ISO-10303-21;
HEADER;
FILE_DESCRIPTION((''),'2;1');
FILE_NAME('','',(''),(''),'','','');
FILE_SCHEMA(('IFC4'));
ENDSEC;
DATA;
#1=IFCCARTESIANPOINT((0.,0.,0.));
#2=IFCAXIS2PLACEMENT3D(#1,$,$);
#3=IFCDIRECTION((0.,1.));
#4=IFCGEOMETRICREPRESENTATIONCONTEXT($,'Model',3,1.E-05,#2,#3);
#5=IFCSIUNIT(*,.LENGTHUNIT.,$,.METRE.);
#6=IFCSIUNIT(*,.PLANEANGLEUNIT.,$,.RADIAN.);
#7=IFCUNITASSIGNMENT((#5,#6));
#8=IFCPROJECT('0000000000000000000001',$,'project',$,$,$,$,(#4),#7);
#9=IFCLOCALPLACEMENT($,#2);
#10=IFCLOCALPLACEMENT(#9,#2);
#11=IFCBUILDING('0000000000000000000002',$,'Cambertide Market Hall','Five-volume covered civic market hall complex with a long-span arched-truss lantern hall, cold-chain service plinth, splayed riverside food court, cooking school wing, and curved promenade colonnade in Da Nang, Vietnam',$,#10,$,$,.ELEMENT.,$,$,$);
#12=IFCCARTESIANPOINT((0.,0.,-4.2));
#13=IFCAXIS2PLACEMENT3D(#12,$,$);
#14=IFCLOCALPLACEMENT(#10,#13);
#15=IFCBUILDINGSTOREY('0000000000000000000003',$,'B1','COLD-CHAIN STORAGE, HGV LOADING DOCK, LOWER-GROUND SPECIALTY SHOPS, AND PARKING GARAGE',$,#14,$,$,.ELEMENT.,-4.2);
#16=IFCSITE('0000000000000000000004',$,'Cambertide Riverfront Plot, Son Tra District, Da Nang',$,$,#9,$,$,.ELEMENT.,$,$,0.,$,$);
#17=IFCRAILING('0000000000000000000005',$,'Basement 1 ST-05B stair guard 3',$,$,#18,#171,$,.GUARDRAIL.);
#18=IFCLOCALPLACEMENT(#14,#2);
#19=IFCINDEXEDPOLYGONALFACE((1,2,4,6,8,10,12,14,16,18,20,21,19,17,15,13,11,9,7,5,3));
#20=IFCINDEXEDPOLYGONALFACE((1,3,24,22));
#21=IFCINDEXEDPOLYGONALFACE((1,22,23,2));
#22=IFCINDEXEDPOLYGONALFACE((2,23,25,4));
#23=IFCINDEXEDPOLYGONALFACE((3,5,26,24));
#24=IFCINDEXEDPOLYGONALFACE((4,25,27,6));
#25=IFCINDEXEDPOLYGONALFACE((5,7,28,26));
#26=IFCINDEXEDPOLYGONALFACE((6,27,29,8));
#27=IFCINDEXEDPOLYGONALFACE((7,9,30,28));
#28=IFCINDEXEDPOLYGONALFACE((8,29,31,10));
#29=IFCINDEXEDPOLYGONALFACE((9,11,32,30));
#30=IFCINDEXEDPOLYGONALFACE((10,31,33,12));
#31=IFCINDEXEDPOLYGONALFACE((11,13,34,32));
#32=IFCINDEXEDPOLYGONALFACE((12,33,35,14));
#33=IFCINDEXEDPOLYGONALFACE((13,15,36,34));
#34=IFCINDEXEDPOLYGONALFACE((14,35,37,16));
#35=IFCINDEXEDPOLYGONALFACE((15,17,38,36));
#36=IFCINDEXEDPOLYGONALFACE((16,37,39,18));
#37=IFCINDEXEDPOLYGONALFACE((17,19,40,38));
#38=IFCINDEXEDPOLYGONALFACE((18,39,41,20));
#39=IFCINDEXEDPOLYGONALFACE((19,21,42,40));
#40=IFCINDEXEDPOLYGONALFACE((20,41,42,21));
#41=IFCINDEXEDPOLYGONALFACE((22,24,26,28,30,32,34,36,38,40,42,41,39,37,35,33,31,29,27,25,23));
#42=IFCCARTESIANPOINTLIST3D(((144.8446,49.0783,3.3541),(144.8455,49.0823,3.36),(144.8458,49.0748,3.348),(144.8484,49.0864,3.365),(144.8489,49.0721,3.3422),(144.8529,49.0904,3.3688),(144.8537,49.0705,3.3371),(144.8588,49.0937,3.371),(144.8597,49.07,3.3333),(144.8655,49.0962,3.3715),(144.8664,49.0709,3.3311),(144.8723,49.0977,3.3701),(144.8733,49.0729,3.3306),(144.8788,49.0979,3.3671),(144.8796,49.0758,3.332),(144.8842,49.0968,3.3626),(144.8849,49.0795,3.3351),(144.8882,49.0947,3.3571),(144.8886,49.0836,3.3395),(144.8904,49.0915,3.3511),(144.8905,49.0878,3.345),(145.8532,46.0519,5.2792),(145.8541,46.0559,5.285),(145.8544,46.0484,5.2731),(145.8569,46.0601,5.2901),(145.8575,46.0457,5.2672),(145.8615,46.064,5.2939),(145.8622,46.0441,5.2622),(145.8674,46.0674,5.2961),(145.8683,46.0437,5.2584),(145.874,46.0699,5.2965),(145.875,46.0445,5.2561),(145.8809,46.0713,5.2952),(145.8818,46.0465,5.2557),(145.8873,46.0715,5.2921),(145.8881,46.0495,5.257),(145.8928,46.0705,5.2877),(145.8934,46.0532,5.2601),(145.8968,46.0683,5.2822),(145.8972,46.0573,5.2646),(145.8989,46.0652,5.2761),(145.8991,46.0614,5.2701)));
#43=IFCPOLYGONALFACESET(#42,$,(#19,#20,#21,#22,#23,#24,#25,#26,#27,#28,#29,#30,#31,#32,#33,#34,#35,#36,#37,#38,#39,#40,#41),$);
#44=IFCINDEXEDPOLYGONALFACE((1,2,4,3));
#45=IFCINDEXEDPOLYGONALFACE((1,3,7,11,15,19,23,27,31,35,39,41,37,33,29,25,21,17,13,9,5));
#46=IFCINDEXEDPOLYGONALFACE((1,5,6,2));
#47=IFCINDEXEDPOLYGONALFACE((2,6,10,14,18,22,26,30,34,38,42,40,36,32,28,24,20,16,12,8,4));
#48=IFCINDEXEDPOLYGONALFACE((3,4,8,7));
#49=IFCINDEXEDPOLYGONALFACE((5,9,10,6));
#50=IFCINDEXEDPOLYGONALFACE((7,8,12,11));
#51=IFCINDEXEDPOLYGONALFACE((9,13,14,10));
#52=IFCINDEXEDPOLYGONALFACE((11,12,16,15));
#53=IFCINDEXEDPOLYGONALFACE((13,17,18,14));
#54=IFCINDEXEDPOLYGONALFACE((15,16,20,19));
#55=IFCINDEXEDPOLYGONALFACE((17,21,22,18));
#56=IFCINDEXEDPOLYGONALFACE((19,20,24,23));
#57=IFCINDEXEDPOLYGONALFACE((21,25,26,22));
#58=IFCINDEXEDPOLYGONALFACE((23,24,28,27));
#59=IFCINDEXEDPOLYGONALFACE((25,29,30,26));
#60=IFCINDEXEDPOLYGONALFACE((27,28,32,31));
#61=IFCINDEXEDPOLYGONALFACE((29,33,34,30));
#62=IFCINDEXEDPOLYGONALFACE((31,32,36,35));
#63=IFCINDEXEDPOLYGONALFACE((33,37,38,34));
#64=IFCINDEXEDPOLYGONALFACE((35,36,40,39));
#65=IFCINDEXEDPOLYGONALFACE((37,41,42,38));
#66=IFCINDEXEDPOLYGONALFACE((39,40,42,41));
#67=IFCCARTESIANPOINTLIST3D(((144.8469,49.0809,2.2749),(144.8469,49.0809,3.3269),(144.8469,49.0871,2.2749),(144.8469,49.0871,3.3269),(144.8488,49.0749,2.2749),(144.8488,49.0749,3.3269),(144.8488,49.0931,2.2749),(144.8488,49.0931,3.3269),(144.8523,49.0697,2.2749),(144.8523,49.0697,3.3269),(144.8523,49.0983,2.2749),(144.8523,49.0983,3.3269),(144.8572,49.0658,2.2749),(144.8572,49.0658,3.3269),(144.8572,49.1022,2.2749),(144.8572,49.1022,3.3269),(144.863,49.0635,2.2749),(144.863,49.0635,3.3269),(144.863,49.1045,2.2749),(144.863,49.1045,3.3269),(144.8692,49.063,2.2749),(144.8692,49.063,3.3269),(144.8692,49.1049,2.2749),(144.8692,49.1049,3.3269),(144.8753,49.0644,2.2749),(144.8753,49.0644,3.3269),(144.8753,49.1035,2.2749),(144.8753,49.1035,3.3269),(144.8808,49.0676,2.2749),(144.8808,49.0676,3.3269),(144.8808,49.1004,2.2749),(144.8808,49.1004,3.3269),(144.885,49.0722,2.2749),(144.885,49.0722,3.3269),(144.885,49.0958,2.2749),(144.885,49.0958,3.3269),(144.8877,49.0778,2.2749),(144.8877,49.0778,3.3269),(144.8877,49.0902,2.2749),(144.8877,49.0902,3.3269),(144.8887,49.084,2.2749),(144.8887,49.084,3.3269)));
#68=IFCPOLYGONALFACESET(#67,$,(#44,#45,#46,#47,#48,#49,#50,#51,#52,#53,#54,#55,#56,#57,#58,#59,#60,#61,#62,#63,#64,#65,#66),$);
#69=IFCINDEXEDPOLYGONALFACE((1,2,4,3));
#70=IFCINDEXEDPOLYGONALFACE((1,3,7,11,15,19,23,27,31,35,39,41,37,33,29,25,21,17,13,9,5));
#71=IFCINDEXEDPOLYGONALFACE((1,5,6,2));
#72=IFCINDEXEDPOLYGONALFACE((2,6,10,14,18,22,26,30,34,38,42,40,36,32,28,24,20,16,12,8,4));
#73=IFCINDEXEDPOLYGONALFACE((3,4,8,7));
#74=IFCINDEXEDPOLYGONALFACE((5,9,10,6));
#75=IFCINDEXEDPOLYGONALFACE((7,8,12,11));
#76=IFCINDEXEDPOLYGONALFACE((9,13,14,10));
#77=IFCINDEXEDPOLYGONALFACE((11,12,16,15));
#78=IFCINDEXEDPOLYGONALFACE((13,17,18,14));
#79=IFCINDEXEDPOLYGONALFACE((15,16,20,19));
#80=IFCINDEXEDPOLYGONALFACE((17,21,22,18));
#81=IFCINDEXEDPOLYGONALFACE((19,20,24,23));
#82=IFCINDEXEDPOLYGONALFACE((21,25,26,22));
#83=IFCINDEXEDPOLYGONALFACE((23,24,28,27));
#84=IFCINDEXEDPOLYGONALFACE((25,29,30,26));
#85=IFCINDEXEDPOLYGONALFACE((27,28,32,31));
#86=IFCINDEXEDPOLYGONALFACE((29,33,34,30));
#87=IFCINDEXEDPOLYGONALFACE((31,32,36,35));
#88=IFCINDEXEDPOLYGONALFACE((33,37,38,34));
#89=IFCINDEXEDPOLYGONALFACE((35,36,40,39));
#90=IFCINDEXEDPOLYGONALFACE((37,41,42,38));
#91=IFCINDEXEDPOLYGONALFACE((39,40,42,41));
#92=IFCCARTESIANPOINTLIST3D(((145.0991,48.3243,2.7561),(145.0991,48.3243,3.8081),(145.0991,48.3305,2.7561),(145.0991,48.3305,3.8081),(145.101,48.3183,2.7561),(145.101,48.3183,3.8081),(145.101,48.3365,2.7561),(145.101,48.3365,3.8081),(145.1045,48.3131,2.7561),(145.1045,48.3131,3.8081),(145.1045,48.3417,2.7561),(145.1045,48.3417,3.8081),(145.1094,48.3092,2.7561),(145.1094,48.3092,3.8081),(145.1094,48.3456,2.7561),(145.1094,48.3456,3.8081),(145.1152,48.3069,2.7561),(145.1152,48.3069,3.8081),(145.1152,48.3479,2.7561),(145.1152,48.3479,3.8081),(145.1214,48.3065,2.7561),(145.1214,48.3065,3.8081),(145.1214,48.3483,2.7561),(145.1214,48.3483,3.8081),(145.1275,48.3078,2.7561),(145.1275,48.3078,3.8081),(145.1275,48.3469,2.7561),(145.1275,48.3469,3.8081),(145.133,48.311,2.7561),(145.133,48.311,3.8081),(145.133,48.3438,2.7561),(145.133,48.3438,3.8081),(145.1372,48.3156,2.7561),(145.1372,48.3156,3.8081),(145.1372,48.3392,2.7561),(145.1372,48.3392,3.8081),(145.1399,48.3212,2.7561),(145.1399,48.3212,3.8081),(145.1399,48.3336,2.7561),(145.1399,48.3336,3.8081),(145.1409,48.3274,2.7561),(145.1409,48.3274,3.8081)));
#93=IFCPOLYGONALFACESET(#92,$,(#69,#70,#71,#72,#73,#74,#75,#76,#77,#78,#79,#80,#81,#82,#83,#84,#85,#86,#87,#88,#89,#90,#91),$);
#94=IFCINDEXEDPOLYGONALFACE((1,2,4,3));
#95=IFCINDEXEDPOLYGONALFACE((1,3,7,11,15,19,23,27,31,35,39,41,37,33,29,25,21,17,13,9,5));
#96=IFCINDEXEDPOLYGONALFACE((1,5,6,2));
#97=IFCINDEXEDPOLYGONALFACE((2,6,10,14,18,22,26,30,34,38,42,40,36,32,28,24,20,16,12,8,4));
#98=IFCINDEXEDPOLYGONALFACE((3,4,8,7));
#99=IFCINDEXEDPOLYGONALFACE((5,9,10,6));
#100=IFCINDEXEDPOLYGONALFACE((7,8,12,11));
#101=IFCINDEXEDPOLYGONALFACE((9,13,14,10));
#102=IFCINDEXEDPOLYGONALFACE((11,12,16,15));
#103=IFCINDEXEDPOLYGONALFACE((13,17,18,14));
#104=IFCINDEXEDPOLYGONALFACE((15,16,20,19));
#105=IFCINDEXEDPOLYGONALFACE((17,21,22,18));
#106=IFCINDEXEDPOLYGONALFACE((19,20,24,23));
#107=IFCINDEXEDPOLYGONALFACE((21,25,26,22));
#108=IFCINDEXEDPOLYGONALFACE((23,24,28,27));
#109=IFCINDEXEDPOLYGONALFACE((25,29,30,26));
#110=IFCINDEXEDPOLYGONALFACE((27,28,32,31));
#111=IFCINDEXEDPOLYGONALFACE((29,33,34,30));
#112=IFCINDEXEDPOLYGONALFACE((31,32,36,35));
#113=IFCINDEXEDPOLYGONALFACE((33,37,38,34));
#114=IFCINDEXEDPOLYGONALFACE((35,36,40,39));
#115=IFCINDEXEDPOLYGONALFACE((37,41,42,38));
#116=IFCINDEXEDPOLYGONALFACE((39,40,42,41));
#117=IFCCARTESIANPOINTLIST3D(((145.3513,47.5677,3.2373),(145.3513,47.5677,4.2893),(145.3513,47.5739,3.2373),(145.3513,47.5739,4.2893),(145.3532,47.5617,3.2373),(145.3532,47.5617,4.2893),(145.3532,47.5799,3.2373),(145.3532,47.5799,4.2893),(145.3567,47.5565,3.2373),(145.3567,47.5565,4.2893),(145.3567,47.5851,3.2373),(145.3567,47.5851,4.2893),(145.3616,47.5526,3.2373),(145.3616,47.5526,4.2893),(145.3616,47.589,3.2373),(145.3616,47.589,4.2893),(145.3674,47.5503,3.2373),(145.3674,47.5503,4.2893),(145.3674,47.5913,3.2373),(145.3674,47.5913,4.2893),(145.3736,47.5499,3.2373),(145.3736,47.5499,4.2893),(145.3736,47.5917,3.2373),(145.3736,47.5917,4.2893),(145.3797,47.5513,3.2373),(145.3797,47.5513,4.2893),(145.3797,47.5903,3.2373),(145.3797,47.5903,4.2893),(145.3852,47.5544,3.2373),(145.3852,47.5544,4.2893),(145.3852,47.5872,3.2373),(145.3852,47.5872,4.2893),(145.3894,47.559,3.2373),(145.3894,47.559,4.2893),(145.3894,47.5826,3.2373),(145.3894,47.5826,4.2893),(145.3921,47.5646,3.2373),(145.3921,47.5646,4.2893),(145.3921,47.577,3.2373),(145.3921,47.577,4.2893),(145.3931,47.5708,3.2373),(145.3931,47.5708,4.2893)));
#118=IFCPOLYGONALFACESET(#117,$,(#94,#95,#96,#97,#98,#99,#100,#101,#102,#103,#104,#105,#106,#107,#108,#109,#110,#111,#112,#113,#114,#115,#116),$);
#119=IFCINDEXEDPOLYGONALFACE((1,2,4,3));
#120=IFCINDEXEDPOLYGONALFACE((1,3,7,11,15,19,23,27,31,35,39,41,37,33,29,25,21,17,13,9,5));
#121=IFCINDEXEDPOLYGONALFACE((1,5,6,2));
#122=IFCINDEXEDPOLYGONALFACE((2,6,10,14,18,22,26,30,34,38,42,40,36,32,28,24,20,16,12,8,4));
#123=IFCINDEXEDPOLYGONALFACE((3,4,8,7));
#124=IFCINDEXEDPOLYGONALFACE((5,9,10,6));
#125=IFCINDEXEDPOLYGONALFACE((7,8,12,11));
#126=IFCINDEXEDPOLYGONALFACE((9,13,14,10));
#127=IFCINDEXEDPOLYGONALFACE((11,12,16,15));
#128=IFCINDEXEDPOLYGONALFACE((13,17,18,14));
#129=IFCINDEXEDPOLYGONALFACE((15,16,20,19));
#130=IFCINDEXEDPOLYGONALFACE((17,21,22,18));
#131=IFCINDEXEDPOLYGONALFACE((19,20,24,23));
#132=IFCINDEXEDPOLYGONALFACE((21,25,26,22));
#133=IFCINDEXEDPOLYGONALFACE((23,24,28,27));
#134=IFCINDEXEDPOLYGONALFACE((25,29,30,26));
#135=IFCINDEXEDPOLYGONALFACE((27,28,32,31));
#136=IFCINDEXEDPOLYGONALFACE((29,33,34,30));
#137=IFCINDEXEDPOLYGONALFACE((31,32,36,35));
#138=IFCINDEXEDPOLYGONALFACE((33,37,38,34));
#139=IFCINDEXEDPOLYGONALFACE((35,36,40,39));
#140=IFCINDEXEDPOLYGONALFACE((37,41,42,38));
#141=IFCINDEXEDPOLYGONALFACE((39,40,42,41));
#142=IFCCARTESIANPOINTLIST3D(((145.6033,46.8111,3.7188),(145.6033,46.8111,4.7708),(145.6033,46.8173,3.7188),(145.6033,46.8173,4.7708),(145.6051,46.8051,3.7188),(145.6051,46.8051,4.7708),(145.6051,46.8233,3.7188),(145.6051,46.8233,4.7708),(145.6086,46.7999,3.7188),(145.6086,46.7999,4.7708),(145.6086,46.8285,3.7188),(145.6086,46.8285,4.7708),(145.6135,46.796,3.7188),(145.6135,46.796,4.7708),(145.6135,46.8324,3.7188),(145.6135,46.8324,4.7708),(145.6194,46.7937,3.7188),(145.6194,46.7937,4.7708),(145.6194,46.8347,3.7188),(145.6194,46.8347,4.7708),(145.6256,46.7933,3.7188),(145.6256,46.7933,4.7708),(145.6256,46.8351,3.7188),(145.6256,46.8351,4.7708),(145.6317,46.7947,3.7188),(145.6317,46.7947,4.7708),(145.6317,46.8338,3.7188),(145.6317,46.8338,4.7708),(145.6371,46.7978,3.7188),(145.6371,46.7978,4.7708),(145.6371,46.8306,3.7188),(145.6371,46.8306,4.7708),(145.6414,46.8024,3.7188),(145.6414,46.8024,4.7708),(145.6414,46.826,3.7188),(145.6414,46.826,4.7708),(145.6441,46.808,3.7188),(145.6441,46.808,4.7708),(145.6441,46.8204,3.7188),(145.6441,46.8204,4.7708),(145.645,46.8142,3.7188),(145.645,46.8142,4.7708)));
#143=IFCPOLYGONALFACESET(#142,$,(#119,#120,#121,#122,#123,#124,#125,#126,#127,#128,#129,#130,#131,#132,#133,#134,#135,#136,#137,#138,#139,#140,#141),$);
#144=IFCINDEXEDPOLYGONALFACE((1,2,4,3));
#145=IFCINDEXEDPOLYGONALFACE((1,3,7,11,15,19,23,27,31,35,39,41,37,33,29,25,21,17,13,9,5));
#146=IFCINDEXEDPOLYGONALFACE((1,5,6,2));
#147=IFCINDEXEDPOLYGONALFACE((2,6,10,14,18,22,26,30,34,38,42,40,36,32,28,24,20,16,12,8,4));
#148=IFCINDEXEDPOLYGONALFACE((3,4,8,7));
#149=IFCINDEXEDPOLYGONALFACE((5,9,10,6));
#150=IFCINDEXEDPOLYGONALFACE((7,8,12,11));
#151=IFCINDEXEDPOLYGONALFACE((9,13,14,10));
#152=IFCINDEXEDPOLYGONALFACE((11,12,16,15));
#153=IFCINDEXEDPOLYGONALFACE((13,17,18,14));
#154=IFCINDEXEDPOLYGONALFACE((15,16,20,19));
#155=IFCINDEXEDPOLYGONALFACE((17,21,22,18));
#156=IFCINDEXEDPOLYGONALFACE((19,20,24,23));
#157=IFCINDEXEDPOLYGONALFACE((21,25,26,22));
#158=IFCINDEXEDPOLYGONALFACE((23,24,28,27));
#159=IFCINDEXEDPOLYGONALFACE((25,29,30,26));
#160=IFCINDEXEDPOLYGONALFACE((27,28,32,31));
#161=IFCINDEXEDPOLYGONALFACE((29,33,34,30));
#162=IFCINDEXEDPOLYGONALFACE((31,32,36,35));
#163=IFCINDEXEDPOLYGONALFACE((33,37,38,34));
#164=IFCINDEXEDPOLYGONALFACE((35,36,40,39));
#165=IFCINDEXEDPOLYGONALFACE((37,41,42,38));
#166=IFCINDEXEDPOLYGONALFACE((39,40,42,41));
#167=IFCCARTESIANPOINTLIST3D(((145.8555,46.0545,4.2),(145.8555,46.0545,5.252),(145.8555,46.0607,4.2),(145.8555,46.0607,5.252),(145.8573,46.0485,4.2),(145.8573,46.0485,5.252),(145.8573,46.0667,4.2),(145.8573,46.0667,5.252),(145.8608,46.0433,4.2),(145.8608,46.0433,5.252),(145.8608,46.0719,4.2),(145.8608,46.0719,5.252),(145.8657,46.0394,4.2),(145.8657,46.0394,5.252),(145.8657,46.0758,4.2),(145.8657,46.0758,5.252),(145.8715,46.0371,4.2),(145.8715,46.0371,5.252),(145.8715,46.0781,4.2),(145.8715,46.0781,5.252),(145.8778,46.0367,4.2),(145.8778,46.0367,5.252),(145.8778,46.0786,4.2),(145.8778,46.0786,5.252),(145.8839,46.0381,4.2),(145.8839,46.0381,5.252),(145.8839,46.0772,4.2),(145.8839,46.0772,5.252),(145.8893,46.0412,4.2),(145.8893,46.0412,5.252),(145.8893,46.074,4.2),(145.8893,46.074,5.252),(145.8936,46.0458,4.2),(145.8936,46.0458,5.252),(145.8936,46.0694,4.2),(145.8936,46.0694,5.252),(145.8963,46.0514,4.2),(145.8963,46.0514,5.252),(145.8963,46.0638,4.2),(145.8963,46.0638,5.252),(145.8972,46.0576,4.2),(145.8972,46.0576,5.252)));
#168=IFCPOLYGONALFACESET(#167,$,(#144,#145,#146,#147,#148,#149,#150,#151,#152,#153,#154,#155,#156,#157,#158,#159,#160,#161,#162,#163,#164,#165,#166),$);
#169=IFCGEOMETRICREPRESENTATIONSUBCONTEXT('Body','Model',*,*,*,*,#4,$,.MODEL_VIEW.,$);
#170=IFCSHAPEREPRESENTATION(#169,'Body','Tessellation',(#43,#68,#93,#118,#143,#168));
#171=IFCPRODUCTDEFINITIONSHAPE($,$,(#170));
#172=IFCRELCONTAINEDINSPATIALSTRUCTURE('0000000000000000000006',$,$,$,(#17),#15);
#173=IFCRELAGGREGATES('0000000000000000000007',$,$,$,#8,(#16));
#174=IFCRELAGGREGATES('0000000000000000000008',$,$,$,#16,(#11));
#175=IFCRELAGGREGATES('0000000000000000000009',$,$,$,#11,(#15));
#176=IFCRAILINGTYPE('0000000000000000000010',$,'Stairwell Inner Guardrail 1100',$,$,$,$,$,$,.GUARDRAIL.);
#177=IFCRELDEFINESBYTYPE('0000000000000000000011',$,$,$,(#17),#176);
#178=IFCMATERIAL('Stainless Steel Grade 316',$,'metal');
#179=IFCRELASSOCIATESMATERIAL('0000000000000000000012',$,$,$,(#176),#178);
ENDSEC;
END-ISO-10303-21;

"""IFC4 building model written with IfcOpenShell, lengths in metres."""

from ifc_helpers import new_model, si_unit, direction, frame, origin, origin_2d, place, context, subcontext, project, spatial, circle, extrude, material, type_object, element, save


model = new_model("IFC4")

# Units and contexts
model_context = context("Model", 3, precision=1e-05, world=origin(), true_north=direction((0.0, 1.0)))
body_context = subcontext(model_context, "Body", "Model", "MODEL_VIEW")
ifc_project = project(units=[si_unit("LENGTHUNIT", "METRE"), si_unit("PLANEANGLEUNIT", "RADIAN")], contexts=[model_context])

# Site, building, storey
site_placement = place(None, origin())
site = spatial("IfcSite", under=ifc_project, at=site_placement, Name="Cambertide Riverfront Plot, Son Tra District, Da Nang", CompositionType="ELEMENT", RefElevation=0.0)
building_placement = place(site_placement, origin())
building = spatial("IfcBuilding", under=site, at=building_placement, Name="Cambertide Market Hall", Description="Five-volume covered civic market hall complex with a long-span arched-truss lantern hall, cold-chain service plinth, splayed riverside food court, cooking school wing, and curved promenade colonnade in Da Nang, Vietnam", CompositionType="ELEMENT")
storey_placement = place(building_placement, frame((0.0, 0.0, -4.2)))
storey = spatial("IfcBuildingStorey", under=building, at=storey_placement, Name="B1", Description="COLD-CHAIN STORAGE, HGV LOADING DOCK, LOWER-GROUND SPECIALTY SHOPS, AND PARKING GARAGE", CompositionType="ELEMENT", Elevation=-4.2)

# Railing
ifc_material_1 = material(Name="Stainless Steel Grade 316", Category="metal")
railing_type_1 = type_object("IfcRailingType", Name="Stairwell Inner Guardrail 1100", PredefinedType="GUARDRAIL", material=ifc_material_1)
railing_1_placement = place(storey_placement, frame((144.8677, 49.084, 2.2749)))
element("IfcRailing", 1, at=railing_1_placement, inside=storey, type_object=railing_type_1, Name="Basement 1 ST-05B stair guard 3", PredefinedType="GUARDRAIL", context=body_context, shape_type="SweptSolid", body=[
    extrude(circle(Radius=0.0239, at=origin_2d()), frame((0.0, 0.0, 1.0762), z_axis=(0.270689, -0.812265, 0.516675), x_axis=(0.948706, 0.316159, 0.0)), (0.0, 0.0, 1.0), 3.7258),
    extrude(circle(Radius=0.021, at=origin_2d()), origin(), (0.0, 0.0, 1.0), 1.052),
    extrude(circle(Radius=0.021, at=origin_2d()), frame((0.2522, -0.7566, 0.4812)), (0.0, 0.0, 1.0), 1.052),
    extrude(circle(Radius=0.021, at=origin_2d()), frame((0.5044, -1.5132, 0.9624)), (0.0, 0.0, 1.0), 1.052),
    extrude(circle(Radius=0.021, at=origin_2d()), frame((0.7563, -2.2698, 1.4438)), (0.0, 0.0, 1.0), 1.052),
    extrude(circle(Radius=0.021, at=origin_2d()), frame((1.0085, -3.0264, 1.925)), (0.0, 0.0, 1.0), 1.052),
])

save(model, "model.ifc")
